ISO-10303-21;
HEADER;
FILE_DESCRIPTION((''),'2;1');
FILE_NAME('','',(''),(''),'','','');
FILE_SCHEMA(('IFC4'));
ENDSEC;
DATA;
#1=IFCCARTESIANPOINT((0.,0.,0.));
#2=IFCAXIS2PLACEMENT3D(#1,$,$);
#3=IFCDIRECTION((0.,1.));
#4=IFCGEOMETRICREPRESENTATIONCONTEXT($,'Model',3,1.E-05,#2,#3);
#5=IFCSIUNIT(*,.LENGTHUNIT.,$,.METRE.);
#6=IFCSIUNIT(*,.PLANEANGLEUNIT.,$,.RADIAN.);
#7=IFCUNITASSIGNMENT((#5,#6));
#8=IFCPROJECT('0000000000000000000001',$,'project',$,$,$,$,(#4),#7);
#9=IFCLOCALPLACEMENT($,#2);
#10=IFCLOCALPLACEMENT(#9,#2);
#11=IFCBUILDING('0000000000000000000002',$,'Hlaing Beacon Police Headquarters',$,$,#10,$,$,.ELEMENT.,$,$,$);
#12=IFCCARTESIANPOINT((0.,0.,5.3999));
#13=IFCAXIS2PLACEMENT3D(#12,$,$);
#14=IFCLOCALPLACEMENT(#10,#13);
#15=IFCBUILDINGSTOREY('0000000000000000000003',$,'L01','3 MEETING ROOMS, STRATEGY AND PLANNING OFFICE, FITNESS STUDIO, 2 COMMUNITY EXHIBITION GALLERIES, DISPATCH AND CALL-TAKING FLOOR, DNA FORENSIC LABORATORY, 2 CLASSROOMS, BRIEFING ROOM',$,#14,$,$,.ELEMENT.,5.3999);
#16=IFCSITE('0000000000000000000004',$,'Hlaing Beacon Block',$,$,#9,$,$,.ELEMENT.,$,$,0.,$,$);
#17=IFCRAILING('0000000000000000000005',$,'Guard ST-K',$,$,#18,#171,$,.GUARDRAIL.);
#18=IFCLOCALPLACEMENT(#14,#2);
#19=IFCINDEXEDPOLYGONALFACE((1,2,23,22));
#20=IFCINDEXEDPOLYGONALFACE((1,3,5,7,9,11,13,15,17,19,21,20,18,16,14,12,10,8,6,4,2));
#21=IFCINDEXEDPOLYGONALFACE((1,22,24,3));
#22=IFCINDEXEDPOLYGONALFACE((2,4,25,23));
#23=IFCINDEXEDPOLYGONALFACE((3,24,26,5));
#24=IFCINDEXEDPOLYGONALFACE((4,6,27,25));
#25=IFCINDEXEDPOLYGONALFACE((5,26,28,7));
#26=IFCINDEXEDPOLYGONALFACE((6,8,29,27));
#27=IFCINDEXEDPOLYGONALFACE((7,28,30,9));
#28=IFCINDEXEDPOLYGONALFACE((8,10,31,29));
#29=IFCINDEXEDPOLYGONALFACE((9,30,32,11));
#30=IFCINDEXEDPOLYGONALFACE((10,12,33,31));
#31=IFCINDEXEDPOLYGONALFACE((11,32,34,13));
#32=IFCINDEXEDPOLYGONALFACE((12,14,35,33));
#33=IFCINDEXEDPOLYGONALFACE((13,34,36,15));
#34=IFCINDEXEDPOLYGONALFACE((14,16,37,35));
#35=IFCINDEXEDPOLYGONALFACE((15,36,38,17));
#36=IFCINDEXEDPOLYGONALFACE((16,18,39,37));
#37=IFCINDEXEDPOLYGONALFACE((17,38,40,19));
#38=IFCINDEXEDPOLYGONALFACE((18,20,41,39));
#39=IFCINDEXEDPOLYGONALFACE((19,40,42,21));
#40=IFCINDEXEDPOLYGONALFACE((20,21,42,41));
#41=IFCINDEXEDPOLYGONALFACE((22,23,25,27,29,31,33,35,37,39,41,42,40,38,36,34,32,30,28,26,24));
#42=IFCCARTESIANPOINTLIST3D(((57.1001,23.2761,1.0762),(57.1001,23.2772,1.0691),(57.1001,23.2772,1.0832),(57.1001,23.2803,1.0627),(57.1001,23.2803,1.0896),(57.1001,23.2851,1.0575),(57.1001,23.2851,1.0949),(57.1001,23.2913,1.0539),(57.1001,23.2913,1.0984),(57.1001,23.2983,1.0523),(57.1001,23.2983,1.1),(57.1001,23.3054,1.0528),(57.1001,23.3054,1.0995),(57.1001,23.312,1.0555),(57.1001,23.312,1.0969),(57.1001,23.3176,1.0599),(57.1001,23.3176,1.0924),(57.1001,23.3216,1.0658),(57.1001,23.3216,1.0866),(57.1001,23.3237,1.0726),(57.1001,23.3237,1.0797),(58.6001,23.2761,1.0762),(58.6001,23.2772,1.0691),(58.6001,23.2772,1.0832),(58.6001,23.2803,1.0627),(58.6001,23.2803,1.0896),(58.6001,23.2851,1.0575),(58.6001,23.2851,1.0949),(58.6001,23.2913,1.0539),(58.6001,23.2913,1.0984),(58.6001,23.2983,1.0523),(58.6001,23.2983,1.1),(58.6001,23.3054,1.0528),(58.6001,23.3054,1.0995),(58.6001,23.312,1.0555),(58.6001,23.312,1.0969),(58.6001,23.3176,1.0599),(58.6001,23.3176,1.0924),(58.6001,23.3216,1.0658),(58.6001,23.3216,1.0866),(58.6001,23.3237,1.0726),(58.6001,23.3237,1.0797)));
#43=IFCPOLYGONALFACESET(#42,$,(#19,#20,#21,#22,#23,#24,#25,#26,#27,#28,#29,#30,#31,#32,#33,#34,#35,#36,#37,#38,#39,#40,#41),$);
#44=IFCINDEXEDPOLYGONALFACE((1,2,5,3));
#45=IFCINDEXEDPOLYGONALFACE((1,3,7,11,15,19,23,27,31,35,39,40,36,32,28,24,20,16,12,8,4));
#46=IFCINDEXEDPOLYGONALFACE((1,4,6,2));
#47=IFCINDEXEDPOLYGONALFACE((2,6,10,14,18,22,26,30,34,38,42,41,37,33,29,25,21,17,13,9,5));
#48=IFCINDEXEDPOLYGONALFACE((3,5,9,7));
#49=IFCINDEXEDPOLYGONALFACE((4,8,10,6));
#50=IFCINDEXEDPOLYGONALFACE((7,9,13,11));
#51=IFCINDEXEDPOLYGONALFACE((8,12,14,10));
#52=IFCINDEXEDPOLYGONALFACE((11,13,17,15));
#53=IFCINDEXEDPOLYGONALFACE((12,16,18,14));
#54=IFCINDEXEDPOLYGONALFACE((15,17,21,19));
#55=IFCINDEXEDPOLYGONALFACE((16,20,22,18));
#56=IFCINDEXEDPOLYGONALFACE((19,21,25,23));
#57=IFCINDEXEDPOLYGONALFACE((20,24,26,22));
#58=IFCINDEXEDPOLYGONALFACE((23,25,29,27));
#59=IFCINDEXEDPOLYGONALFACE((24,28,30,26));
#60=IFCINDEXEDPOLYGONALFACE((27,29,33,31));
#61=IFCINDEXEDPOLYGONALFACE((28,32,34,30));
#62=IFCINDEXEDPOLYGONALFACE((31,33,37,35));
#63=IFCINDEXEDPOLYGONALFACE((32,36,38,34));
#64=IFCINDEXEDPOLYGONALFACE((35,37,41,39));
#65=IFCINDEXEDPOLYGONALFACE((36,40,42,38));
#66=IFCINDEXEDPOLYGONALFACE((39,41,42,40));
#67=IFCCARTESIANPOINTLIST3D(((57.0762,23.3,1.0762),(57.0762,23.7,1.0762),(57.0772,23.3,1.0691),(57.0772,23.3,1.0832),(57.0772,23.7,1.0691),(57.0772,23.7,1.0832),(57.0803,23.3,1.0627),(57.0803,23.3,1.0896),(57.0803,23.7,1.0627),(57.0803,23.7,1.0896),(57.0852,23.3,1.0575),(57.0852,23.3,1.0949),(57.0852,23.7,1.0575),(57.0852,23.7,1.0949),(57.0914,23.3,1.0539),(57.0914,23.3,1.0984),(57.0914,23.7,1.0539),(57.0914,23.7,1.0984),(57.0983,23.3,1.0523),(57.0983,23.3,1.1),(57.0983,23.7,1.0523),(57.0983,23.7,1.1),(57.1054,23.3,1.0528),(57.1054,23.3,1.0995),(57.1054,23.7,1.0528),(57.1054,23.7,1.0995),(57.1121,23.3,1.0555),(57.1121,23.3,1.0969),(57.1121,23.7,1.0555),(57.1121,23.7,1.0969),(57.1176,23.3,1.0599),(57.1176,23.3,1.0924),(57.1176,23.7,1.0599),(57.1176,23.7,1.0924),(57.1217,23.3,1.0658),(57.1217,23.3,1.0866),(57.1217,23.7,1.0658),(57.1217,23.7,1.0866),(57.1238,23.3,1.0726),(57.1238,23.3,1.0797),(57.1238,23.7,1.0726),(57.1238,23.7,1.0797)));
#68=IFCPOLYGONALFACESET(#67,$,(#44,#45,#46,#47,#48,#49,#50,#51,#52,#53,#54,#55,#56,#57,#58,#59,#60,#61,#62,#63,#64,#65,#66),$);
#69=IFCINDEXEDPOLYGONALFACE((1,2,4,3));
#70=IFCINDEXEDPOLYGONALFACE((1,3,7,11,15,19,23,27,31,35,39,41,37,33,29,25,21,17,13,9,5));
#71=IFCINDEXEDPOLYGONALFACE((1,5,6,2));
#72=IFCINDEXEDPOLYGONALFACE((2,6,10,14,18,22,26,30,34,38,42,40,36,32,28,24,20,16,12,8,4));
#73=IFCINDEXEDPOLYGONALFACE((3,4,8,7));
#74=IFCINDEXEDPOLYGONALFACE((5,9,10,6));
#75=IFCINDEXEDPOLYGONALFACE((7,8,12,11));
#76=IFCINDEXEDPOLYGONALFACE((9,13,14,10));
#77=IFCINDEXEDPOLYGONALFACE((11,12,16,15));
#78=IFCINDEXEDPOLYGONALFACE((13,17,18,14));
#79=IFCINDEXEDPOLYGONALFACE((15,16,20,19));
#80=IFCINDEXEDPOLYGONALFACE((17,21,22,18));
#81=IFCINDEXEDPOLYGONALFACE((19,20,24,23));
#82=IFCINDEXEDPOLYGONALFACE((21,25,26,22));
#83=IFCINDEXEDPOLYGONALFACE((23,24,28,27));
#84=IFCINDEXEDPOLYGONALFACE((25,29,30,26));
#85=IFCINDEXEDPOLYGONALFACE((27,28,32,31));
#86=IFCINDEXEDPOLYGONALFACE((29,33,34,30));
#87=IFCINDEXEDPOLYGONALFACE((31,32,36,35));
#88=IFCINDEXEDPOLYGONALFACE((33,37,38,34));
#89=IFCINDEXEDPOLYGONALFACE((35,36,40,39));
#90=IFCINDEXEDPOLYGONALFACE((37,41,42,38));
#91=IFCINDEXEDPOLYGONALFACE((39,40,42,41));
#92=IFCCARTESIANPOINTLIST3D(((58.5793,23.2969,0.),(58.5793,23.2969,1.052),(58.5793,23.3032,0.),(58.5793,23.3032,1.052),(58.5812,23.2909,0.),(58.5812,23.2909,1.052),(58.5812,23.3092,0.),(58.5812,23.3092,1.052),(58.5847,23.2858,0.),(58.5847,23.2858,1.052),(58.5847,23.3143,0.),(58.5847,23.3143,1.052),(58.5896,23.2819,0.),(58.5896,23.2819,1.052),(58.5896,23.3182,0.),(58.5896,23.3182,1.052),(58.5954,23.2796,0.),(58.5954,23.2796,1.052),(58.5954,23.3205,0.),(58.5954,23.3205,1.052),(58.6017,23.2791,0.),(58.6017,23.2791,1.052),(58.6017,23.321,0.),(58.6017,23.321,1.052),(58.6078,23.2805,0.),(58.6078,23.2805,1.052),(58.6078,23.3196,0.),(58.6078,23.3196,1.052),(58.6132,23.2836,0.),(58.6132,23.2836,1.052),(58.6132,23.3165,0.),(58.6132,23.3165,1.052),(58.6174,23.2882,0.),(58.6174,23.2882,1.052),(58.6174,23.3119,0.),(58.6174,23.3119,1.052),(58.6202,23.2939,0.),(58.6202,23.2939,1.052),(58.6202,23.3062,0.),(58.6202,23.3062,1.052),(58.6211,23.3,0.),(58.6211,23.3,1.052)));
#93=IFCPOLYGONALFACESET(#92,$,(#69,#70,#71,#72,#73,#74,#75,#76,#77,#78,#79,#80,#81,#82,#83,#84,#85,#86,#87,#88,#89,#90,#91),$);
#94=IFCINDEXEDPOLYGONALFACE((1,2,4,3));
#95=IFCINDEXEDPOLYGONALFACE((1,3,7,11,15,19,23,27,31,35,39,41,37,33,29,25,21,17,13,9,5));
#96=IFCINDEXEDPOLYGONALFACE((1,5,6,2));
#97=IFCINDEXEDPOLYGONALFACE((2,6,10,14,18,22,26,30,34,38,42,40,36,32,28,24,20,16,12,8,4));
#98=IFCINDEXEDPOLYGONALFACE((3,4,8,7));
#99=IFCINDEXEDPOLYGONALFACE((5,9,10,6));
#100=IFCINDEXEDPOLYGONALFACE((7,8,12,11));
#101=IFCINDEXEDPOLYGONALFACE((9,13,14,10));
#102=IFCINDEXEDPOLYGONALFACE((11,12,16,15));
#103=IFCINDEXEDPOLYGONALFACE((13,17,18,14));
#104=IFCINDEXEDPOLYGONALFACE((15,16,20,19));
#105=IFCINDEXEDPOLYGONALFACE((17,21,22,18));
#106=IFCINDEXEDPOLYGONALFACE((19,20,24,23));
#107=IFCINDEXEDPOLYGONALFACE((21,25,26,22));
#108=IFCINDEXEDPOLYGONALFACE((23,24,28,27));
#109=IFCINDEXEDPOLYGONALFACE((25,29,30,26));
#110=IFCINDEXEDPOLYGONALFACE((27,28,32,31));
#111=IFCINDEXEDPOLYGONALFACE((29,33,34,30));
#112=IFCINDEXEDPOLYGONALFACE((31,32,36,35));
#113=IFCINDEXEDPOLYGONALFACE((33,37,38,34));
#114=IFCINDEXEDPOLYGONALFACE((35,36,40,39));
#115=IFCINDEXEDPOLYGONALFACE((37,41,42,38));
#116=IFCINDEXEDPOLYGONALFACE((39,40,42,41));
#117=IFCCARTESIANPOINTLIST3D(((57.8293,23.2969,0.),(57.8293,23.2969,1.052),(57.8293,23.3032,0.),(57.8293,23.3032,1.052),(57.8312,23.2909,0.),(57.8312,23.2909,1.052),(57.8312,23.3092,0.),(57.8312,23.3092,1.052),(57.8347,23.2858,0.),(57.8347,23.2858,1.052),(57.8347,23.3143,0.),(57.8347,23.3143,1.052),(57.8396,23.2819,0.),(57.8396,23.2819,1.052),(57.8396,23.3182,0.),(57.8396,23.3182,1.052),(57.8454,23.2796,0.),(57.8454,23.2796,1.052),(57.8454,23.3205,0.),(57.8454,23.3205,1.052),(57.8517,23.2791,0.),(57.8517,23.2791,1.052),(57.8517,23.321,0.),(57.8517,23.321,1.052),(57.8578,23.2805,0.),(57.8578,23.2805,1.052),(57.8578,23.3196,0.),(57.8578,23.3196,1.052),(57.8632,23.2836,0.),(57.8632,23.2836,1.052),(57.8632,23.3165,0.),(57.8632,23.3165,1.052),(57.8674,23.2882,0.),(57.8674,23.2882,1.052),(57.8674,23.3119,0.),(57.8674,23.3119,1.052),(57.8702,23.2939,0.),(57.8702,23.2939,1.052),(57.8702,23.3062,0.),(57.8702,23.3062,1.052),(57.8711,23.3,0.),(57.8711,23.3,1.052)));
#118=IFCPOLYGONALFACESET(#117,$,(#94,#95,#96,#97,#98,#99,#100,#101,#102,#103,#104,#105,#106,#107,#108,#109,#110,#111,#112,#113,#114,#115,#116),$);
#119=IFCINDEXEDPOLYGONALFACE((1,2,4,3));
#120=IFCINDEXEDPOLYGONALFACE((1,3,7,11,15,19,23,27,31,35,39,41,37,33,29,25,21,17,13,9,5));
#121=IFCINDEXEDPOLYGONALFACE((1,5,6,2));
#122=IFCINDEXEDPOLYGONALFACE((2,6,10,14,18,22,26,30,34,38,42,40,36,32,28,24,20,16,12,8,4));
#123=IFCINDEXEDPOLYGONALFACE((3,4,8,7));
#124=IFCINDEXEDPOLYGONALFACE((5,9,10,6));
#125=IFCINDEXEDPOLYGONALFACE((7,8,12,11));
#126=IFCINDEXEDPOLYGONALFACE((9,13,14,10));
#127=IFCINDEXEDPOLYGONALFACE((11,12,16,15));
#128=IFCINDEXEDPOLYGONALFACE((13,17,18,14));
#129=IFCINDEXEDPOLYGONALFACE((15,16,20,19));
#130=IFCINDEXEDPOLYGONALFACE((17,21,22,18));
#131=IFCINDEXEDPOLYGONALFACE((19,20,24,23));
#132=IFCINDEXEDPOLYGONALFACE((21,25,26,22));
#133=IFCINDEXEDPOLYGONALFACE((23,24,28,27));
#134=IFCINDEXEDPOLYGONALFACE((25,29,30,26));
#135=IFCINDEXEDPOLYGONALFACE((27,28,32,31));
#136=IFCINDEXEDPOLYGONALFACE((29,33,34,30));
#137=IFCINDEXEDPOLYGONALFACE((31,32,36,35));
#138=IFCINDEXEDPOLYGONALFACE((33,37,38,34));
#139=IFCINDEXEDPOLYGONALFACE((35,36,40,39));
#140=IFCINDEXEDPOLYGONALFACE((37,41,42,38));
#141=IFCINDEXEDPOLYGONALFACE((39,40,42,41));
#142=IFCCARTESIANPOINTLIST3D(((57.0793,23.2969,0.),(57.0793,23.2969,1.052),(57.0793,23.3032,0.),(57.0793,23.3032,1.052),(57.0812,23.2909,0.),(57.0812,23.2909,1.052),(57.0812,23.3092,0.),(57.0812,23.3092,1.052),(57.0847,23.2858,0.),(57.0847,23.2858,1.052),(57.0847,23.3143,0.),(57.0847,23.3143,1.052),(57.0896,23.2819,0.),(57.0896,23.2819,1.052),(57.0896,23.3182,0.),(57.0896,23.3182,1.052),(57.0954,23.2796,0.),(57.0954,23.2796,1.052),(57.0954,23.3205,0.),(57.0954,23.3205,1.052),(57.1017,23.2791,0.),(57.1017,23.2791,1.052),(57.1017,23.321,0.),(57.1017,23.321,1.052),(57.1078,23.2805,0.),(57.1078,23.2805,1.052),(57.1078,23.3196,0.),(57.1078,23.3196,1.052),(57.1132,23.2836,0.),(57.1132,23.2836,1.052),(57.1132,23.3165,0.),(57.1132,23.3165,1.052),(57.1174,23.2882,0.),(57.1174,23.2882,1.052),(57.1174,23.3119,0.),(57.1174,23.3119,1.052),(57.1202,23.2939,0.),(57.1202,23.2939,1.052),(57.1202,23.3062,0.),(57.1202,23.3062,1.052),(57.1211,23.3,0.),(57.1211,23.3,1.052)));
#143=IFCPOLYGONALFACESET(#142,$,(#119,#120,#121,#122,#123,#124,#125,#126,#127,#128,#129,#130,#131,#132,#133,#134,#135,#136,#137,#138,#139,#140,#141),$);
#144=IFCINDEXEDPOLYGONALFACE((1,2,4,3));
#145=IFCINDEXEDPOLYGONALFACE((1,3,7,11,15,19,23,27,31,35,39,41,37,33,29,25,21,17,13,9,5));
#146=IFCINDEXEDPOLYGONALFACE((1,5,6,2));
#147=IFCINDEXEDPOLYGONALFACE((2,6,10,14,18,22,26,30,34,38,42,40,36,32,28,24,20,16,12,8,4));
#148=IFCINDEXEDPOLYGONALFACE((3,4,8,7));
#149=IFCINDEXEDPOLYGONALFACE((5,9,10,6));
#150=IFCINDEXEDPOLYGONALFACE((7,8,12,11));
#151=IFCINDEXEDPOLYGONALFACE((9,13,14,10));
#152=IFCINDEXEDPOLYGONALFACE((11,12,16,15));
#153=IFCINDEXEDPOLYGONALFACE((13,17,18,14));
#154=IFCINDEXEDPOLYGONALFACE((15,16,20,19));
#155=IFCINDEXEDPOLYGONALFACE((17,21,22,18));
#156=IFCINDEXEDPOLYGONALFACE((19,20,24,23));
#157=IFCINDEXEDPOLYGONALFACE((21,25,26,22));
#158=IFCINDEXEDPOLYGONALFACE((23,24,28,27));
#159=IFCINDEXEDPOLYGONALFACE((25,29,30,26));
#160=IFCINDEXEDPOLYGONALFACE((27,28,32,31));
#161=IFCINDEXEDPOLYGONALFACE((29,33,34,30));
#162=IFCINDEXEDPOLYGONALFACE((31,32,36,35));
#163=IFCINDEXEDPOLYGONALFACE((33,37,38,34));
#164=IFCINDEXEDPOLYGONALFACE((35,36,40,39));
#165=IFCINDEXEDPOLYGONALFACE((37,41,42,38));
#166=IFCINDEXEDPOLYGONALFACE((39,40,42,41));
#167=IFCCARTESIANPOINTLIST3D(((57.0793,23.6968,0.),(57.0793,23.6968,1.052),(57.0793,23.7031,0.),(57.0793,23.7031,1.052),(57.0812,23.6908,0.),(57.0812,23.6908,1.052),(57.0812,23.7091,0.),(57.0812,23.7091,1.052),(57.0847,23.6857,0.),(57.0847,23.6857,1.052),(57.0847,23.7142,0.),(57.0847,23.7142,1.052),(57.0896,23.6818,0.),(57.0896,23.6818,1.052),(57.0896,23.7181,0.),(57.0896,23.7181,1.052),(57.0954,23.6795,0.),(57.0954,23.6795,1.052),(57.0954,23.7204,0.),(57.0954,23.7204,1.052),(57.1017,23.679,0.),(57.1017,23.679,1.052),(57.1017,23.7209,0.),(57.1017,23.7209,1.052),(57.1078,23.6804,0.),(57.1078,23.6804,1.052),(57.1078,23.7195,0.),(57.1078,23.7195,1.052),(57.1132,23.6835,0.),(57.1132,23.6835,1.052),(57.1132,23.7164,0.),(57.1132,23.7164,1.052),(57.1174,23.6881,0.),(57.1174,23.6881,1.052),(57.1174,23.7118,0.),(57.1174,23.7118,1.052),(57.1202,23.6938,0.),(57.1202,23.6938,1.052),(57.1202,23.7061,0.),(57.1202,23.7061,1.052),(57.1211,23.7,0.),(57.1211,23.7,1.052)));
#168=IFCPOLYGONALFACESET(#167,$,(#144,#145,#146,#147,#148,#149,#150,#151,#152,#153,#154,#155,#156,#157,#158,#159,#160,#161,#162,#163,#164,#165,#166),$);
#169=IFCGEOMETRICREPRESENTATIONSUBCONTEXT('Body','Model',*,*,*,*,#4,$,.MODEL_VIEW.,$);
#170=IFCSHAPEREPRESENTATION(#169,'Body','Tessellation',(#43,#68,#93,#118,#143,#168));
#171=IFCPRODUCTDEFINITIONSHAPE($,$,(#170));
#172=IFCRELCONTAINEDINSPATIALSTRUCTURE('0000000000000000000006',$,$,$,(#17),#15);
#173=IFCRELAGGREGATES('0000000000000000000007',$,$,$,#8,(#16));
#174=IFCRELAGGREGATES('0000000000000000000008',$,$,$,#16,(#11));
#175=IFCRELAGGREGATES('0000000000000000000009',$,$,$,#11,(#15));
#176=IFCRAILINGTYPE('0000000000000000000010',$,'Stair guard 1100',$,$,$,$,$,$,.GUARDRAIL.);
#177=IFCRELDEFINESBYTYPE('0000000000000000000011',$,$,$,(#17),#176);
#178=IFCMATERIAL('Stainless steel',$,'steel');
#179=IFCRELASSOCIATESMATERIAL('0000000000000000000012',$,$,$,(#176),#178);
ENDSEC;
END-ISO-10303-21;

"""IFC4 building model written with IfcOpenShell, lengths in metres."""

from ifc_helpers import new_model, si_unit, direction, frame, origin, origin_2d, place, context, subcontext, project, spatial, circle, extrude, material, type_object, element, save


model = new_model("IFC4")

# Units and contexts
model_context = context("Model", 3, precision=1e-05, world=origin(), true_north=direction((0.0, 1.0)))
body_context = subcontext(model_context, "Body", "Model", "MODEL_VIEW")
ifc_project = project(units=[si_unit("LENGTHUNIT", "METRE"), si_unit("PLANEANGLEUNIT", "RADIAN")], contexts=[model_context])

# Site, building, storey
site_placement = place(None, origin())
site = spatial("IfcSite", under=ifc_project, at=site_placement, Name="Hlaing Beacon Block", CompositionType="ELEMENT", RefElevation=0.0)
building_placement = place(site_placement, origin())
building = spatial("IfcBuilding", under=site, at=building_placement, Name="Hlaing Beacon Police Headquarters", CompositionType="ELEMENT")
storey_placement = place(building_placement, frame((0.0, 0.0, 5.3999)))
storey = spatial("IfcBuildingStorey", under=building, at=storey_placement, Name="L01", Description="3 MEETING ROOMS, STRATEGY AND PLANNING OFFICE, FITNESS STUDIO, 2 COMMUNITY EXHIBITION GALLERIES, DISPATCH AND CALL-TAKING FLOOR, DNA FORENSIC LABORATORY, 2 CLASSROOMS, BRIEFING ROOM", CompositionType="ELEMENT", Elevation=5.3999)

# Railing
ifc_material_1 = material(Name="Stainless steel", Category="steel")
railing_type_1 = type_object("IfcRailingType", Name="Stair guard 1100", PredefinedType="GUARDRAIL", material=ifc_material_1)
railing_placement = place(storey_placement, frame((58.6001, 23.3, 0.0)))
element("IfcRailing", 1, at=railing_placement, inside=storey, type_object=railing_type_1, Name="Guard ST-K", PredefinedType="GUARDRAIL", context=body_context, shape_type="SweptSolid", body=[
    extrude(circle(Radius=0.0239, at=origin_2d()), frame((0.0, 0.0, 1.0762), z_axis=(-1.0, 0.0, 0.0), x_axis=(0.0, -1.0, 0.0)), (0.0, 0.0, 1.0), 1.5),
    extrude(circle(Radius=0.0239, at=origin_2d()), frame((-1.5, 0.0, 1.0762), z_axis=(0.0, 1.0, 0.0), x_axis=(-1.0, 0.0, 0.0)), (0.0, 0.0, 1.0), 0.3999),
    extrude(circle(Radius=0.021, at=origin_2d()), origin(), (0.0, 0.0, 1.0), 1.052),
    extrude(circle(Radius=0.021, at=origin_2d()), frame((-0.75, 0.0, 0.0)), (0.0, 0.0, 1.0), 1.052),
    extrude(circle(Radius=0.021, at=origin_2d()), frame((-1.5, 0.0, 0.0)), (0.0, 0.0, 1.0), 1.052),
    extrude(circle(Radius=0.021, at=origin_2d()), frame((-1.5, 0.3999, 0.0)), (0.0, 0.0, 1.0), 1.052),
])

save(model, "model.ifc")
